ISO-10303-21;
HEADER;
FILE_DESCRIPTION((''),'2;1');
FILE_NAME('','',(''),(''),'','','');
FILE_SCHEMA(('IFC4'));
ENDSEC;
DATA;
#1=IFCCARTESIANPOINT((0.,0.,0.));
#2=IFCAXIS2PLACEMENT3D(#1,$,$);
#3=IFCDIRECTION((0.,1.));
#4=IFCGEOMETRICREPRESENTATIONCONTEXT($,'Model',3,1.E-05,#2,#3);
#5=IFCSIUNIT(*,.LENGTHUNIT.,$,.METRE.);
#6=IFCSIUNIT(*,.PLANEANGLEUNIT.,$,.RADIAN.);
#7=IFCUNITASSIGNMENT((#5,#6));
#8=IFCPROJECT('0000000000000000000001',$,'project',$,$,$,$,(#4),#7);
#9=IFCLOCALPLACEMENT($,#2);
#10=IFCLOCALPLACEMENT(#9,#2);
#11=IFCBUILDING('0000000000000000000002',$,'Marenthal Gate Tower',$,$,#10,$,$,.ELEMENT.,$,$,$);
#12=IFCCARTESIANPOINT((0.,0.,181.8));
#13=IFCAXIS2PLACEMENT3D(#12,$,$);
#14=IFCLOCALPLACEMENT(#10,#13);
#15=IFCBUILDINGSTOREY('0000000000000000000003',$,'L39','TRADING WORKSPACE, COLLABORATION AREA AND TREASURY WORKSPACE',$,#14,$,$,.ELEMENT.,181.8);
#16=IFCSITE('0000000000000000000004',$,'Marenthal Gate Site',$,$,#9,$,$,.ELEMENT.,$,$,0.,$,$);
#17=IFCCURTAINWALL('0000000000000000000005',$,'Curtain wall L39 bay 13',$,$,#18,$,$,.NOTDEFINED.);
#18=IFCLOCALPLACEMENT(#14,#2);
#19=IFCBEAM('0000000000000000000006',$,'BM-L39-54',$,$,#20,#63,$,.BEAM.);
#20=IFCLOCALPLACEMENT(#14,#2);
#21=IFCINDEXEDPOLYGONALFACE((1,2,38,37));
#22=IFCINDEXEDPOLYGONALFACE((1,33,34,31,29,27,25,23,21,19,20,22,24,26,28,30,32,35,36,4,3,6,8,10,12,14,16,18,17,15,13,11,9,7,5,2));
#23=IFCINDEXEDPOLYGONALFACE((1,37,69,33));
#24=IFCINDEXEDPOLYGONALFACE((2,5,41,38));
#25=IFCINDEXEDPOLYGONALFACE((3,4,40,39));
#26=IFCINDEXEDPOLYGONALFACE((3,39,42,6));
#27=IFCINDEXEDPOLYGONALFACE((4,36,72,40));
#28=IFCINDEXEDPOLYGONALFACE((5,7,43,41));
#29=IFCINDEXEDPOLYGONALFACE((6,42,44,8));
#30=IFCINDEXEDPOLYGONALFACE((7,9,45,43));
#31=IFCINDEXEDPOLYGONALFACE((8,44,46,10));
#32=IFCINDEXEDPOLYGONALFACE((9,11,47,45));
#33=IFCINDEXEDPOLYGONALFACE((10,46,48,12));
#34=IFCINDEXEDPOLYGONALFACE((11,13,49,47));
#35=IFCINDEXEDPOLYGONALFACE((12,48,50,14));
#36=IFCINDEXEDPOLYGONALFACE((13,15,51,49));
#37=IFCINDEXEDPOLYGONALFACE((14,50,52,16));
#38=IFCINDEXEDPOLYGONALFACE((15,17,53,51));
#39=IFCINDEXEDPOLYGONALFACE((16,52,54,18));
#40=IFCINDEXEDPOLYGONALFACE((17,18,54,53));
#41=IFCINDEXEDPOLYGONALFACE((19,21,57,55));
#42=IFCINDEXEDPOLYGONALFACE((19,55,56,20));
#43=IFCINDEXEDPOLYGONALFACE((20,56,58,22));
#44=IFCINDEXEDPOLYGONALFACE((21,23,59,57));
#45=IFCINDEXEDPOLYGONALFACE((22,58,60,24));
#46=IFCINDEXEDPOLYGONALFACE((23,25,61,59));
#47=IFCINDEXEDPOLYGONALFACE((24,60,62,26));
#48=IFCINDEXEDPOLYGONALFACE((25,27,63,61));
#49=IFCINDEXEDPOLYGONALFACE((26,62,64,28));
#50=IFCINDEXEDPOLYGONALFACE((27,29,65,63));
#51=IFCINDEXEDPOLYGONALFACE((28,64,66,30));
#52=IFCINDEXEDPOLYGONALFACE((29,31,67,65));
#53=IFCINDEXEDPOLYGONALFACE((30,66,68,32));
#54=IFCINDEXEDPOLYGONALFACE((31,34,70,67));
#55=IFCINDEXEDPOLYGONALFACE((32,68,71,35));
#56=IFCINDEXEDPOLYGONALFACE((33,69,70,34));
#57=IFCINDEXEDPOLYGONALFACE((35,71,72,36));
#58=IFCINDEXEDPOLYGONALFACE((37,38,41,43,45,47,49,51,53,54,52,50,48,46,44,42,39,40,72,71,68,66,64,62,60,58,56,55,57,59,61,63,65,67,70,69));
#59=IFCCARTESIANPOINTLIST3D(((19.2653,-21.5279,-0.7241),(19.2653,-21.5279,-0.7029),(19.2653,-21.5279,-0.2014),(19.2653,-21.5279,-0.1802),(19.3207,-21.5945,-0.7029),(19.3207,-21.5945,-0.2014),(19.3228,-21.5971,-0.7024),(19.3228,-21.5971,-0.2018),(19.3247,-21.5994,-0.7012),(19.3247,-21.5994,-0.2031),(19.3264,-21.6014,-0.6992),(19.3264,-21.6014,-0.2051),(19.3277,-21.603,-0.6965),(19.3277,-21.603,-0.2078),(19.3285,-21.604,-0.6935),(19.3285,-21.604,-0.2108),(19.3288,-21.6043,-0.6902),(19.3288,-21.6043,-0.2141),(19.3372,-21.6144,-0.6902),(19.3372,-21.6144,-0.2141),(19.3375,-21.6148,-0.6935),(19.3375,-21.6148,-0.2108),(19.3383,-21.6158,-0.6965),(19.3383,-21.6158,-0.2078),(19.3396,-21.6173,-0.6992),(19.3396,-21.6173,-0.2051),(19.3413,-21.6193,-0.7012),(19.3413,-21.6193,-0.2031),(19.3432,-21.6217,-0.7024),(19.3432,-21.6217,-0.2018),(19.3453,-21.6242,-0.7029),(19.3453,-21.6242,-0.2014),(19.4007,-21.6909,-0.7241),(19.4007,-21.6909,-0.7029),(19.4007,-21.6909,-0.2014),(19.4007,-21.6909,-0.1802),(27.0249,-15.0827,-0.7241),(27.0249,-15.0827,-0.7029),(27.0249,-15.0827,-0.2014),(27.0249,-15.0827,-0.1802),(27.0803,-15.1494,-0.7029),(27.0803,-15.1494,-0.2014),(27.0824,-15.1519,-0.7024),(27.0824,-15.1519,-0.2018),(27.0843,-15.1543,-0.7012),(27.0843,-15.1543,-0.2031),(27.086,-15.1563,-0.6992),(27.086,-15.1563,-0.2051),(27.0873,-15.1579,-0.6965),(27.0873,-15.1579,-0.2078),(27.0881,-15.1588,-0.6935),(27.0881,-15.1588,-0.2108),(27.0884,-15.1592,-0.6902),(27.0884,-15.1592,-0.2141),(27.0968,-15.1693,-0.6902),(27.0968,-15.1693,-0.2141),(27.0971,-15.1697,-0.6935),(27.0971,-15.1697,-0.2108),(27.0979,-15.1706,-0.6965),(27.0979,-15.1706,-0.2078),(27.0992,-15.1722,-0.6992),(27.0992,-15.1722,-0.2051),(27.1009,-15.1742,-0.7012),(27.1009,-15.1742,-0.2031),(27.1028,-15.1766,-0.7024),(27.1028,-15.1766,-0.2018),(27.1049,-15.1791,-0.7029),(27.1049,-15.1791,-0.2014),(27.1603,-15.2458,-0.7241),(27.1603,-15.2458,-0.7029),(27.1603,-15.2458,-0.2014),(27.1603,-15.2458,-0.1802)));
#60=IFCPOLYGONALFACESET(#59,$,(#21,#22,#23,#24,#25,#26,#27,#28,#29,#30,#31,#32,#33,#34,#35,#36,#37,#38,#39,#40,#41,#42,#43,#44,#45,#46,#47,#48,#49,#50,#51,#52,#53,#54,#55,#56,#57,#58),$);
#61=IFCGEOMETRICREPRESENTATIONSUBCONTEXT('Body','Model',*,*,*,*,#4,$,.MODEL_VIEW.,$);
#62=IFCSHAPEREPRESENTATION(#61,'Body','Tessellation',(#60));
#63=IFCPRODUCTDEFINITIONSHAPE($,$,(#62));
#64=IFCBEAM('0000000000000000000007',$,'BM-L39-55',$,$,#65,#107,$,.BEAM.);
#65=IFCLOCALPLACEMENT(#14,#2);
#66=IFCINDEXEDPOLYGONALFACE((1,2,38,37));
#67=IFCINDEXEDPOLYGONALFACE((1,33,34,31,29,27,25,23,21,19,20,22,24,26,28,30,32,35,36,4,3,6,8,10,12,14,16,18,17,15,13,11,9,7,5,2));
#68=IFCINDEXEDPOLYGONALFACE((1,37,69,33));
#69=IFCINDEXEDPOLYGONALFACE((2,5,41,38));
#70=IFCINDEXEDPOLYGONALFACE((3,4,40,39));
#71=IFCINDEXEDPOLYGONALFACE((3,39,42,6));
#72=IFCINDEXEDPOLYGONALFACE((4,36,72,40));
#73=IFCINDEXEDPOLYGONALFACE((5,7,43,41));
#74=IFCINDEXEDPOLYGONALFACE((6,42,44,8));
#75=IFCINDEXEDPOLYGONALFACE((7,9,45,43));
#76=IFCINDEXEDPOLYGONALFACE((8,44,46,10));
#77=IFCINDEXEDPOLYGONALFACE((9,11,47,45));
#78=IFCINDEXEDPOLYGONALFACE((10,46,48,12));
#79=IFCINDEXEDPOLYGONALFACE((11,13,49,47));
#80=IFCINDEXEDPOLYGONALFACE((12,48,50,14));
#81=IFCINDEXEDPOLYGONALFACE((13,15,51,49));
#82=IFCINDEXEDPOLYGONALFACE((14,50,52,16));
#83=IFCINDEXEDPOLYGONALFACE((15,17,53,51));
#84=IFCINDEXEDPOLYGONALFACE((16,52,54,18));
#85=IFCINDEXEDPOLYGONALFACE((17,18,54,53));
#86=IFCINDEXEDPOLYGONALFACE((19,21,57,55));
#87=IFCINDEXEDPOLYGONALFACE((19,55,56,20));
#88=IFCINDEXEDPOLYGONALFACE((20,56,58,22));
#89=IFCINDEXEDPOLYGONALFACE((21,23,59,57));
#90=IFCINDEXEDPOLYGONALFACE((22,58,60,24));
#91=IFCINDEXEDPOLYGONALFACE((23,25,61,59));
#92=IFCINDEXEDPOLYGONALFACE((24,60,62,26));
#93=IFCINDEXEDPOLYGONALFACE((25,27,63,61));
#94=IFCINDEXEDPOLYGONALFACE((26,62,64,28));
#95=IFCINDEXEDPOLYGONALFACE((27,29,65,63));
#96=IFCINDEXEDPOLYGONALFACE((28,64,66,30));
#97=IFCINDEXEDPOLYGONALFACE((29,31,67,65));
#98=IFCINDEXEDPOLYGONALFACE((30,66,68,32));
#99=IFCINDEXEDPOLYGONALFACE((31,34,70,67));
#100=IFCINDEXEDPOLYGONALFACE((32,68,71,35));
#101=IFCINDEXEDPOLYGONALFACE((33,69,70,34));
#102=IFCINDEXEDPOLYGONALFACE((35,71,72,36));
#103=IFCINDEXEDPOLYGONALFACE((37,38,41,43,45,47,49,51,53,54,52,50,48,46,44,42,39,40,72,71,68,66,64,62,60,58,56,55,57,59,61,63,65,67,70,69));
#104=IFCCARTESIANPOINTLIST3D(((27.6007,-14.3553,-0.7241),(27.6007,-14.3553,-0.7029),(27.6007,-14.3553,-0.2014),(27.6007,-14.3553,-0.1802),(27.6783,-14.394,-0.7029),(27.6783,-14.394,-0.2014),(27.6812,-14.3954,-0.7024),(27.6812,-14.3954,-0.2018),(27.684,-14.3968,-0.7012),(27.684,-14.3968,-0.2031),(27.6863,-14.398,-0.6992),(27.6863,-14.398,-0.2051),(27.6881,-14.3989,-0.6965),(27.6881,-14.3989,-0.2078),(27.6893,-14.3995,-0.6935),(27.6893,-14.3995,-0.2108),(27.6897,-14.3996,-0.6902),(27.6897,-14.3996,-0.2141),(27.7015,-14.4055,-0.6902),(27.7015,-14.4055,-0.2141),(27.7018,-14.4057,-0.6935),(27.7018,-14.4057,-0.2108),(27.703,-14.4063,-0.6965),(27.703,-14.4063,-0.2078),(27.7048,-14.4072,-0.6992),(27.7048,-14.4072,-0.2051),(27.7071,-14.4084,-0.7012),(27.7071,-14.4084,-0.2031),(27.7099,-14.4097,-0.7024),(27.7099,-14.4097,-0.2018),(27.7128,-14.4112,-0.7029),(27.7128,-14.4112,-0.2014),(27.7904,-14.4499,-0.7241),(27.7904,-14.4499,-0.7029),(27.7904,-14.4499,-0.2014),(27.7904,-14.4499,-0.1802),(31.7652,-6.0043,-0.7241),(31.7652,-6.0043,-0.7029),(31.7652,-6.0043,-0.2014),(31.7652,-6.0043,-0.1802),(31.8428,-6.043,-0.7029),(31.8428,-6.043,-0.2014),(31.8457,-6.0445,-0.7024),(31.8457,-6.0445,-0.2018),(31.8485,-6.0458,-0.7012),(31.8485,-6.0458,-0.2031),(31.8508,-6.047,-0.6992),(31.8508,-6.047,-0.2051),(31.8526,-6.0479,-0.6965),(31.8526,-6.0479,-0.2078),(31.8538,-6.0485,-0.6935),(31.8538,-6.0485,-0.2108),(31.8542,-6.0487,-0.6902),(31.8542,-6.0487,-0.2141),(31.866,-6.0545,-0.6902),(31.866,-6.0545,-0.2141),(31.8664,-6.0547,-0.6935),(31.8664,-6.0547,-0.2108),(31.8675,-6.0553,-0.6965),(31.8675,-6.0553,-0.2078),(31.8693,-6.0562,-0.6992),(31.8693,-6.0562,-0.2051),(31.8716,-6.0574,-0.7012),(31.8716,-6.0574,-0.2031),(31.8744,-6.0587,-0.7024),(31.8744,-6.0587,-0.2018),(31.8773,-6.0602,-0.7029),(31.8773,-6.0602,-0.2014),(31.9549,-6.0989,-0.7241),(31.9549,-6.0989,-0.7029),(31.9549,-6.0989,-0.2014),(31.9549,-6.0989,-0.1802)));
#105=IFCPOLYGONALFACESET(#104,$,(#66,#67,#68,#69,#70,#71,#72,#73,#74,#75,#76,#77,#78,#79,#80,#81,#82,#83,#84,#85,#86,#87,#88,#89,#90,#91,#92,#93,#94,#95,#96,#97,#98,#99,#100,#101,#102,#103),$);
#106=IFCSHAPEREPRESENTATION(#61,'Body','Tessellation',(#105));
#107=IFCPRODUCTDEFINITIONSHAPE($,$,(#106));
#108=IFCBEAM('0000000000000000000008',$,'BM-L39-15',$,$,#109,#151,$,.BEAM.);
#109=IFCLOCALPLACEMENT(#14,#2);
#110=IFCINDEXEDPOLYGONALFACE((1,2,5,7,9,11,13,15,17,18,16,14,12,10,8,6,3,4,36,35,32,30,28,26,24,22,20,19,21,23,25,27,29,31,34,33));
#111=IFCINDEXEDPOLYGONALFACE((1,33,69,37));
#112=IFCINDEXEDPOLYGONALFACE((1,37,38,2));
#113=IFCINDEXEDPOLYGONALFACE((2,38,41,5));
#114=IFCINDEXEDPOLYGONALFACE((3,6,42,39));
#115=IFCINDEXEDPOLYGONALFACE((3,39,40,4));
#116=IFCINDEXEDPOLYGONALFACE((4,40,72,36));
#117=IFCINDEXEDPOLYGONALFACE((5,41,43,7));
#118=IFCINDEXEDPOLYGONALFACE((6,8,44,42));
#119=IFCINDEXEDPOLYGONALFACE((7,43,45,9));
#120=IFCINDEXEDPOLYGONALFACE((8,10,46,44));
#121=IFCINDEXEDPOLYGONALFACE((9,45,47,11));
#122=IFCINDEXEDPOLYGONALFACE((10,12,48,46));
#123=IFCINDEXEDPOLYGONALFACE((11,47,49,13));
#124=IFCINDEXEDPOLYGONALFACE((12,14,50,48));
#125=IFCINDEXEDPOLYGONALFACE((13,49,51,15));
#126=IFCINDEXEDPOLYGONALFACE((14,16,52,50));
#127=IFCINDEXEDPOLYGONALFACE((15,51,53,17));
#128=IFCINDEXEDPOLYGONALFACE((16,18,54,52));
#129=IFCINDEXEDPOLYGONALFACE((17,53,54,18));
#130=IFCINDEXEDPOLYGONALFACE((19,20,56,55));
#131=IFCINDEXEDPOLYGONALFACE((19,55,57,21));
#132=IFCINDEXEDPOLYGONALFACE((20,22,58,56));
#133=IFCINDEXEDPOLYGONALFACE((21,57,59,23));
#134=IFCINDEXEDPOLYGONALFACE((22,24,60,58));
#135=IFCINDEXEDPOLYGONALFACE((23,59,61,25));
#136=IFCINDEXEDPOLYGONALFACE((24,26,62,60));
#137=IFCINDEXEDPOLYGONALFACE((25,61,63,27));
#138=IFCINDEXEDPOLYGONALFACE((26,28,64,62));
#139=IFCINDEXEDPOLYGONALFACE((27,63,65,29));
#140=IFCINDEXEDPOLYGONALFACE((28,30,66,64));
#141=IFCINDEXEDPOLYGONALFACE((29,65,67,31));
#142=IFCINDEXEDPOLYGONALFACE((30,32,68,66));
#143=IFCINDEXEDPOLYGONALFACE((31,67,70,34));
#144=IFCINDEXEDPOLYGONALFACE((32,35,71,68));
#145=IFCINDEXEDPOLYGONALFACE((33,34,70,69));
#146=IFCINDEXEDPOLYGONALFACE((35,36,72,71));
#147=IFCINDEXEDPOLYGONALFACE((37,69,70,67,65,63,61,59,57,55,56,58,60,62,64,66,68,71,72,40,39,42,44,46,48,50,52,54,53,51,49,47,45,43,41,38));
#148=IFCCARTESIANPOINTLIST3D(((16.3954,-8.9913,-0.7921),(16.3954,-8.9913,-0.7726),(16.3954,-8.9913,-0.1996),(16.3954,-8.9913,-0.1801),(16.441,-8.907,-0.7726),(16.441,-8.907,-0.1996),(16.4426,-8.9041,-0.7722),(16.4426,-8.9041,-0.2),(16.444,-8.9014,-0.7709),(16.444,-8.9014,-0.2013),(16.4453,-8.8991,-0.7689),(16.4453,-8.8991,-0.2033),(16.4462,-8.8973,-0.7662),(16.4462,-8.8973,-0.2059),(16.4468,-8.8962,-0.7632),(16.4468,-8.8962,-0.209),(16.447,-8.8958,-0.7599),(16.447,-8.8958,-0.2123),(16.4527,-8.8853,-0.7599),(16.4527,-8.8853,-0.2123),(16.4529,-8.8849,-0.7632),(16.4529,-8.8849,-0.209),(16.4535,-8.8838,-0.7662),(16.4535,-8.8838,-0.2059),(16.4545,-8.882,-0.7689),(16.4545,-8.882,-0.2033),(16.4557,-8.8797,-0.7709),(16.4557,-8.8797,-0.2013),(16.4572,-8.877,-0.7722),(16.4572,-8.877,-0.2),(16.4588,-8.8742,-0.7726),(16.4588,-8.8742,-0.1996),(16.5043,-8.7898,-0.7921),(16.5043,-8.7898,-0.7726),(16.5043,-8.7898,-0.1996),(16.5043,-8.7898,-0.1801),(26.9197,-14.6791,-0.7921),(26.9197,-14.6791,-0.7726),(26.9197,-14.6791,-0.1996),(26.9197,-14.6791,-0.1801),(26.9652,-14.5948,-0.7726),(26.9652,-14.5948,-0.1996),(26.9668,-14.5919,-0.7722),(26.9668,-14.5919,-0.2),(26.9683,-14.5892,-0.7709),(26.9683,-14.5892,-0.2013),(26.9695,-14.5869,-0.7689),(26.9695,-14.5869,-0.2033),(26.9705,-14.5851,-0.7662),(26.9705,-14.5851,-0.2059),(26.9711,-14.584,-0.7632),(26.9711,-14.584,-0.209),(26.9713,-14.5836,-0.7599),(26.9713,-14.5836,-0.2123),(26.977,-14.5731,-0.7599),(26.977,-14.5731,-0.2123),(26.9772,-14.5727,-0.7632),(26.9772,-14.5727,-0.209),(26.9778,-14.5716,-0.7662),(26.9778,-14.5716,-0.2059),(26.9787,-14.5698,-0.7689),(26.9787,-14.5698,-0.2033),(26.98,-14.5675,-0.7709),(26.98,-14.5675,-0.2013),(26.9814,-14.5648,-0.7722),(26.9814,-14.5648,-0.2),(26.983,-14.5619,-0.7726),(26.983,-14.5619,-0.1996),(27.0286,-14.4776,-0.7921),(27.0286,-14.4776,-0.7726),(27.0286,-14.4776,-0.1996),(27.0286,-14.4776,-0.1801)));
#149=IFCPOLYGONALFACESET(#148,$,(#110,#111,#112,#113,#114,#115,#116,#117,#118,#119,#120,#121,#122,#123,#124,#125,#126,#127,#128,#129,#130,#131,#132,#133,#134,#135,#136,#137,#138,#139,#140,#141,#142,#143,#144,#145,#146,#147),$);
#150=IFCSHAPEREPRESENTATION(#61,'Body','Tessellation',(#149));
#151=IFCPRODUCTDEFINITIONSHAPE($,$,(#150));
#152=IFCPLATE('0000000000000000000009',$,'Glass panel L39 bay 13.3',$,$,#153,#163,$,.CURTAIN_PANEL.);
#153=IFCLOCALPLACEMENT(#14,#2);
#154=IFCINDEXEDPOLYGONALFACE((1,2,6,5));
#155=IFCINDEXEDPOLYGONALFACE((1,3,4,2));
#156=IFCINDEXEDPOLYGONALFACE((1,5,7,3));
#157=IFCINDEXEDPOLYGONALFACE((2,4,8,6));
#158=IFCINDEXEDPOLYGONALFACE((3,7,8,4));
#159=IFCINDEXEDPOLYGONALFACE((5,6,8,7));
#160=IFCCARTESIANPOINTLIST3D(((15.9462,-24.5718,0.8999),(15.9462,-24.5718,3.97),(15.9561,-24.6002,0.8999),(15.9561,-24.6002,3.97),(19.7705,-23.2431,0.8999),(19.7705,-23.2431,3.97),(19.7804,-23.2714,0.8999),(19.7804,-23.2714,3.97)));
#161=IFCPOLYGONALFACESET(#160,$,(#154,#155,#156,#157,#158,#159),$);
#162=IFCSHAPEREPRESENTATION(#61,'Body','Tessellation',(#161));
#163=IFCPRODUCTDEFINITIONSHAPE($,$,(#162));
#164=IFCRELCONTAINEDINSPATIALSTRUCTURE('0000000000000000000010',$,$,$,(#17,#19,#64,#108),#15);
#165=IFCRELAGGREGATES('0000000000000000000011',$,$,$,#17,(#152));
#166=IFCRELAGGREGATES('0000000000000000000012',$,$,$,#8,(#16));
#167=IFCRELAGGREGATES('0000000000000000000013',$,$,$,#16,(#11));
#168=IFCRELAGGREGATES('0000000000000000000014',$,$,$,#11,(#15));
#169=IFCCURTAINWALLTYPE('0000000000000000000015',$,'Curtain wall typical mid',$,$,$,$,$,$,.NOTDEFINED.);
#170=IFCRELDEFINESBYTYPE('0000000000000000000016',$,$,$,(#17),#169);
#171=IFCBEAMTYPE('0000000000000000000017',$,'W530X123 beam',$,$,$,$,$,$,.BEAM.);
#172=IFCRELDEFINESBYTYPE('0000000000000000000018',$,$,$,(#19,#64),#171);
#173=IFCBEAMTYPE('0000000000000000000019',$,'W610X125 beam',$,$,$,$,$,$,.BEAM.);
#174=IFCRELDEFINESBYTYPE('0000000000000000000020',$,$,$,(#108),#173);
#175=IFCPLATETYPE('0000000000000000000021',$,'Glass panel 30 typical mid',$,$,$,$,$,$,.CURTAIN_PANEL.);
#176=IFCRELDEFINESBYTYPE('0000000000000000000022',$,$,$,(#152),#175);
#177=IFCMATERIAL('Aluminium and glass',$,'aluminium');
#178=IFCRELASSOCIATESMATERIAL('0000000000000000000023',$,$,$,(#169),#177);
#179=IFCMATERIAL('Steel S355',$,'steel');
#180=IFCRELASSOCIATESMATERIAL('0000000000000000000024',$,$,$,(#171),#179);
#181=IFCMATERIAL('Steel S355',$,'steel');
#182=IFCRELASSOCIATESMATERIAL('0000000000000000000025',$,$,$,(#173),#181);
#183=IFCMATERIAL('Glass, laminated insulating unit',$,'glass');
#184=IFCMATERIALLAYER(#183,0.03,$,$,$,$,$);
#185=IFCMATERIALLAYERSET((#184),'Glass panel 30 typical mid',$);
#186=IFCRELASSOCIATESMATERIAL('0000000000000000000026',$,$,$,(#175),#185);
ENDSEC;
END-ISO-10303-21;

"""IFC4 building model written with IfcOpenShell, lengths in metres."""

from ifc_helpers import new_model, si_unit, direction, frame, origin, origin_2d, place, context, subcontext, project, spatial, rectangle, i_section, extrude, material, layer, layer_set, material_profile, profile_set, type_object, element, aggregate, save


model = new_model("IFC4")

# Units and contexts
model_context = context("Model", 3, precision=1e-05, world=origin(), true_north=direction((0.0, 1.0)))
body_context = subcontext(model_context, "Body", "Model", "MODEL_VIEW")
ifc_project = project(units=[si_unit("LENGTHUNIT", "METRE"), si_unit("PLANEANGLEUNIT", "RADIAN")], contexts=[model_context])

# Site, building, storey
site_placement = place(None, origin())
site = spatial("IfcSite", under=ifc_project, at=site_placement, Name="Marenthal Gate Site", CompositionType="ELEMENT", RefElevation=0.0)
building_placement = place(site_placement, origin())
building = spatial("IfcBuilding", under=site, at=building_placement, Name="Marenthal Gate Tower", CompositionType="ELEMENT")
storey_placement = place(building_placement, frame((0.0, 0.0, 181.8)))
storey = spatial("IfcBuildingStorey", under=building, at=storey_placement, Name="L39", Description="TRADING WORKSPACE, COLLABORATION AREA AND TREASURY WORKSPACE", CompositionType="ELEMENT", Elevation=181.8)

# Curtain wall
ifc_material_1 = material(Name="Aluminium and glass", Category="aluminium")
curtain_wall_type = type_object("IfcCurtainWallType", Name="Curtain wall typical mid", PredefinedType="NOTDEFINED", material=ifc_material_1)
curtain_wall_1_placement = place(storey_placement, origin())
curtain_wall_1 = element("IfcCurtainWall", 1, at=curtain_wall_1_placement, inside=storey, type_object=curtain_wall_type, Name="Curtain wall L39 bay 13", PredefinedType="NOTDEFINED")

# Beams
ifc_material_2 = material(Name="Steel S355", Category="steel")
ifc_material_profile_1 = material_profile(ifc_material_2, i_section(OverallWidth=0.2119, OverallDepth=0.5439, WebThickness=0.0132, FlangeThickness=0.0212, FilletRadius=0.0127, at=origin_2d()), Name="W530X123")
ifc_profile_set_1 = profile_set([ifc_material_profile_1], Name="Steel S355")
beam_type_1 = type_object("IfcBeamType", Name="W530X123 beam", PredefinedType="BEAM", material=ifc_profile_set_1)
beam_1_placement = place(storey_placement, frame((19.333, -21.6094, -0.4521), z_axis=(0.769254, 0.638943, 0.0), x_axis=(-0.638943, 0.769254, 0.0)))
element("IfcBeam", 2, at=beam_1_placement, inside=storey, type_object=beam_type_1, Name="BM-L39-54", PredefinedType="BEAM", context=body_context, shape_type="SweptSolid", body=[
    extrude(i_section(OverallWidth=0.2119, OverallDepth=0.5439, WebThickness=0.0132, FlangeThickness=0.0212, FilletRadius=0.0127, at=origin_2d()), origin(), (0.0, 0.0, 1.0), 10.0872),
])
beam_2_placement = place(storey_placement, frame((27.6956, -14.4026, -0.4521), z_axis=(0.446272, 0.894898, 0.0), x_axis=(-0.894898, 0.446272, 0.0)))
element("IfcBeam", 3, at=beam_2_placement, inside=storey, type_object=beam_type_1, Name="BM-L39-55", PredefinedType="BEAM", context=body_context, shape_type="SweptSolid", body=[
    extrude(i_section(OverallWidth=0.2119, OverallDepth=0.5439, WebThickness=0.0132, FlangeThickness=0.0212, FilletRadius=0.0127, at=origin_2d()), origin(), (0.0, 0.0, 1.0), 9.3318),
])
ifc_material_3 = material(Name="Steel S355", Category="steel")
ifc_material_profile_2 = material_profile(ifc_material_3, i_section(OverallWidth=0.229, OverallDepth=0.6121, WebThickness=0.012, FlangeThickness=0.0195, FilletRadius=0.0127, at=origin_2d()), Name="W610X125")
ifc_profile_set_2 = profile_set([ifc_material_profile_2], Name="Steel S355")
beam_type_2 = type_object("IfcBeamType", Name="W610X125 beam", PredefinedType="BEAM", material=ifc_profile_set_2)
beam_3_placement = place(storey_placement, frame((26.9741, -14.5784, -0.4861), z_axis=(-0.879741, 0.475453, 0.0), x_axis=(-0.475453, -0.879741, 0.0)))
element("IfcBeam", 4, at=beam_3_placement, inside=storey, type_object=beam_type_2, Name="BM-L39-15", PredefinedType="BEAM", context=body_context, shape_type="SweptSolid", body=[
    extrude(i_section(OverallWidth=0.229, OverallDepth=0.6121, WebThickness=0.012, FlangeThickness=0.0195, FilletRadius=0.0127, at=origin_2d()), origin(), (0.0, 0.0, 1.0), 11.9629),
])

# Plate
ifc_material_4 = material(Name="Glass, laminated insulating unit", Category="glass")
ifc_layer_1 = layer(ifc_material_4, 0.03)
ifc_layer_set_1 = layer_set([ifc_layer_1], Name="Glass panel 30 typical mid")
plate_type = type_object("IfcPlateType", Name="Glass panel 30 typical mid", PredefinedType="CURTAIN_PANEL", material=ifc_layer_set_1)
plate_placement = place(storey_placement, frame((17.8633, -23.9216, 0.8999), z_axis=(0.0, 0.0, 1.0), x_axis=(0.944604, 0.328211, 0.0)))
plate = element("IfcPlate", 5, at=plate_placement, type_object=plate_type, Name="Glass panel L39 bay 13.3", PredefinedType="CURTAIN_PANEL", context=body_context, shape_type="SweptSolid", body=[
    extrude(rectangle(XDim=4.0486, YDim=0.03, at=origin_2d()), origin(), (0.0, 0.0, 1.0), 3.0701),
])
aggregate(curtain_wall_1, [plate])

save(model, "model.ifc")
